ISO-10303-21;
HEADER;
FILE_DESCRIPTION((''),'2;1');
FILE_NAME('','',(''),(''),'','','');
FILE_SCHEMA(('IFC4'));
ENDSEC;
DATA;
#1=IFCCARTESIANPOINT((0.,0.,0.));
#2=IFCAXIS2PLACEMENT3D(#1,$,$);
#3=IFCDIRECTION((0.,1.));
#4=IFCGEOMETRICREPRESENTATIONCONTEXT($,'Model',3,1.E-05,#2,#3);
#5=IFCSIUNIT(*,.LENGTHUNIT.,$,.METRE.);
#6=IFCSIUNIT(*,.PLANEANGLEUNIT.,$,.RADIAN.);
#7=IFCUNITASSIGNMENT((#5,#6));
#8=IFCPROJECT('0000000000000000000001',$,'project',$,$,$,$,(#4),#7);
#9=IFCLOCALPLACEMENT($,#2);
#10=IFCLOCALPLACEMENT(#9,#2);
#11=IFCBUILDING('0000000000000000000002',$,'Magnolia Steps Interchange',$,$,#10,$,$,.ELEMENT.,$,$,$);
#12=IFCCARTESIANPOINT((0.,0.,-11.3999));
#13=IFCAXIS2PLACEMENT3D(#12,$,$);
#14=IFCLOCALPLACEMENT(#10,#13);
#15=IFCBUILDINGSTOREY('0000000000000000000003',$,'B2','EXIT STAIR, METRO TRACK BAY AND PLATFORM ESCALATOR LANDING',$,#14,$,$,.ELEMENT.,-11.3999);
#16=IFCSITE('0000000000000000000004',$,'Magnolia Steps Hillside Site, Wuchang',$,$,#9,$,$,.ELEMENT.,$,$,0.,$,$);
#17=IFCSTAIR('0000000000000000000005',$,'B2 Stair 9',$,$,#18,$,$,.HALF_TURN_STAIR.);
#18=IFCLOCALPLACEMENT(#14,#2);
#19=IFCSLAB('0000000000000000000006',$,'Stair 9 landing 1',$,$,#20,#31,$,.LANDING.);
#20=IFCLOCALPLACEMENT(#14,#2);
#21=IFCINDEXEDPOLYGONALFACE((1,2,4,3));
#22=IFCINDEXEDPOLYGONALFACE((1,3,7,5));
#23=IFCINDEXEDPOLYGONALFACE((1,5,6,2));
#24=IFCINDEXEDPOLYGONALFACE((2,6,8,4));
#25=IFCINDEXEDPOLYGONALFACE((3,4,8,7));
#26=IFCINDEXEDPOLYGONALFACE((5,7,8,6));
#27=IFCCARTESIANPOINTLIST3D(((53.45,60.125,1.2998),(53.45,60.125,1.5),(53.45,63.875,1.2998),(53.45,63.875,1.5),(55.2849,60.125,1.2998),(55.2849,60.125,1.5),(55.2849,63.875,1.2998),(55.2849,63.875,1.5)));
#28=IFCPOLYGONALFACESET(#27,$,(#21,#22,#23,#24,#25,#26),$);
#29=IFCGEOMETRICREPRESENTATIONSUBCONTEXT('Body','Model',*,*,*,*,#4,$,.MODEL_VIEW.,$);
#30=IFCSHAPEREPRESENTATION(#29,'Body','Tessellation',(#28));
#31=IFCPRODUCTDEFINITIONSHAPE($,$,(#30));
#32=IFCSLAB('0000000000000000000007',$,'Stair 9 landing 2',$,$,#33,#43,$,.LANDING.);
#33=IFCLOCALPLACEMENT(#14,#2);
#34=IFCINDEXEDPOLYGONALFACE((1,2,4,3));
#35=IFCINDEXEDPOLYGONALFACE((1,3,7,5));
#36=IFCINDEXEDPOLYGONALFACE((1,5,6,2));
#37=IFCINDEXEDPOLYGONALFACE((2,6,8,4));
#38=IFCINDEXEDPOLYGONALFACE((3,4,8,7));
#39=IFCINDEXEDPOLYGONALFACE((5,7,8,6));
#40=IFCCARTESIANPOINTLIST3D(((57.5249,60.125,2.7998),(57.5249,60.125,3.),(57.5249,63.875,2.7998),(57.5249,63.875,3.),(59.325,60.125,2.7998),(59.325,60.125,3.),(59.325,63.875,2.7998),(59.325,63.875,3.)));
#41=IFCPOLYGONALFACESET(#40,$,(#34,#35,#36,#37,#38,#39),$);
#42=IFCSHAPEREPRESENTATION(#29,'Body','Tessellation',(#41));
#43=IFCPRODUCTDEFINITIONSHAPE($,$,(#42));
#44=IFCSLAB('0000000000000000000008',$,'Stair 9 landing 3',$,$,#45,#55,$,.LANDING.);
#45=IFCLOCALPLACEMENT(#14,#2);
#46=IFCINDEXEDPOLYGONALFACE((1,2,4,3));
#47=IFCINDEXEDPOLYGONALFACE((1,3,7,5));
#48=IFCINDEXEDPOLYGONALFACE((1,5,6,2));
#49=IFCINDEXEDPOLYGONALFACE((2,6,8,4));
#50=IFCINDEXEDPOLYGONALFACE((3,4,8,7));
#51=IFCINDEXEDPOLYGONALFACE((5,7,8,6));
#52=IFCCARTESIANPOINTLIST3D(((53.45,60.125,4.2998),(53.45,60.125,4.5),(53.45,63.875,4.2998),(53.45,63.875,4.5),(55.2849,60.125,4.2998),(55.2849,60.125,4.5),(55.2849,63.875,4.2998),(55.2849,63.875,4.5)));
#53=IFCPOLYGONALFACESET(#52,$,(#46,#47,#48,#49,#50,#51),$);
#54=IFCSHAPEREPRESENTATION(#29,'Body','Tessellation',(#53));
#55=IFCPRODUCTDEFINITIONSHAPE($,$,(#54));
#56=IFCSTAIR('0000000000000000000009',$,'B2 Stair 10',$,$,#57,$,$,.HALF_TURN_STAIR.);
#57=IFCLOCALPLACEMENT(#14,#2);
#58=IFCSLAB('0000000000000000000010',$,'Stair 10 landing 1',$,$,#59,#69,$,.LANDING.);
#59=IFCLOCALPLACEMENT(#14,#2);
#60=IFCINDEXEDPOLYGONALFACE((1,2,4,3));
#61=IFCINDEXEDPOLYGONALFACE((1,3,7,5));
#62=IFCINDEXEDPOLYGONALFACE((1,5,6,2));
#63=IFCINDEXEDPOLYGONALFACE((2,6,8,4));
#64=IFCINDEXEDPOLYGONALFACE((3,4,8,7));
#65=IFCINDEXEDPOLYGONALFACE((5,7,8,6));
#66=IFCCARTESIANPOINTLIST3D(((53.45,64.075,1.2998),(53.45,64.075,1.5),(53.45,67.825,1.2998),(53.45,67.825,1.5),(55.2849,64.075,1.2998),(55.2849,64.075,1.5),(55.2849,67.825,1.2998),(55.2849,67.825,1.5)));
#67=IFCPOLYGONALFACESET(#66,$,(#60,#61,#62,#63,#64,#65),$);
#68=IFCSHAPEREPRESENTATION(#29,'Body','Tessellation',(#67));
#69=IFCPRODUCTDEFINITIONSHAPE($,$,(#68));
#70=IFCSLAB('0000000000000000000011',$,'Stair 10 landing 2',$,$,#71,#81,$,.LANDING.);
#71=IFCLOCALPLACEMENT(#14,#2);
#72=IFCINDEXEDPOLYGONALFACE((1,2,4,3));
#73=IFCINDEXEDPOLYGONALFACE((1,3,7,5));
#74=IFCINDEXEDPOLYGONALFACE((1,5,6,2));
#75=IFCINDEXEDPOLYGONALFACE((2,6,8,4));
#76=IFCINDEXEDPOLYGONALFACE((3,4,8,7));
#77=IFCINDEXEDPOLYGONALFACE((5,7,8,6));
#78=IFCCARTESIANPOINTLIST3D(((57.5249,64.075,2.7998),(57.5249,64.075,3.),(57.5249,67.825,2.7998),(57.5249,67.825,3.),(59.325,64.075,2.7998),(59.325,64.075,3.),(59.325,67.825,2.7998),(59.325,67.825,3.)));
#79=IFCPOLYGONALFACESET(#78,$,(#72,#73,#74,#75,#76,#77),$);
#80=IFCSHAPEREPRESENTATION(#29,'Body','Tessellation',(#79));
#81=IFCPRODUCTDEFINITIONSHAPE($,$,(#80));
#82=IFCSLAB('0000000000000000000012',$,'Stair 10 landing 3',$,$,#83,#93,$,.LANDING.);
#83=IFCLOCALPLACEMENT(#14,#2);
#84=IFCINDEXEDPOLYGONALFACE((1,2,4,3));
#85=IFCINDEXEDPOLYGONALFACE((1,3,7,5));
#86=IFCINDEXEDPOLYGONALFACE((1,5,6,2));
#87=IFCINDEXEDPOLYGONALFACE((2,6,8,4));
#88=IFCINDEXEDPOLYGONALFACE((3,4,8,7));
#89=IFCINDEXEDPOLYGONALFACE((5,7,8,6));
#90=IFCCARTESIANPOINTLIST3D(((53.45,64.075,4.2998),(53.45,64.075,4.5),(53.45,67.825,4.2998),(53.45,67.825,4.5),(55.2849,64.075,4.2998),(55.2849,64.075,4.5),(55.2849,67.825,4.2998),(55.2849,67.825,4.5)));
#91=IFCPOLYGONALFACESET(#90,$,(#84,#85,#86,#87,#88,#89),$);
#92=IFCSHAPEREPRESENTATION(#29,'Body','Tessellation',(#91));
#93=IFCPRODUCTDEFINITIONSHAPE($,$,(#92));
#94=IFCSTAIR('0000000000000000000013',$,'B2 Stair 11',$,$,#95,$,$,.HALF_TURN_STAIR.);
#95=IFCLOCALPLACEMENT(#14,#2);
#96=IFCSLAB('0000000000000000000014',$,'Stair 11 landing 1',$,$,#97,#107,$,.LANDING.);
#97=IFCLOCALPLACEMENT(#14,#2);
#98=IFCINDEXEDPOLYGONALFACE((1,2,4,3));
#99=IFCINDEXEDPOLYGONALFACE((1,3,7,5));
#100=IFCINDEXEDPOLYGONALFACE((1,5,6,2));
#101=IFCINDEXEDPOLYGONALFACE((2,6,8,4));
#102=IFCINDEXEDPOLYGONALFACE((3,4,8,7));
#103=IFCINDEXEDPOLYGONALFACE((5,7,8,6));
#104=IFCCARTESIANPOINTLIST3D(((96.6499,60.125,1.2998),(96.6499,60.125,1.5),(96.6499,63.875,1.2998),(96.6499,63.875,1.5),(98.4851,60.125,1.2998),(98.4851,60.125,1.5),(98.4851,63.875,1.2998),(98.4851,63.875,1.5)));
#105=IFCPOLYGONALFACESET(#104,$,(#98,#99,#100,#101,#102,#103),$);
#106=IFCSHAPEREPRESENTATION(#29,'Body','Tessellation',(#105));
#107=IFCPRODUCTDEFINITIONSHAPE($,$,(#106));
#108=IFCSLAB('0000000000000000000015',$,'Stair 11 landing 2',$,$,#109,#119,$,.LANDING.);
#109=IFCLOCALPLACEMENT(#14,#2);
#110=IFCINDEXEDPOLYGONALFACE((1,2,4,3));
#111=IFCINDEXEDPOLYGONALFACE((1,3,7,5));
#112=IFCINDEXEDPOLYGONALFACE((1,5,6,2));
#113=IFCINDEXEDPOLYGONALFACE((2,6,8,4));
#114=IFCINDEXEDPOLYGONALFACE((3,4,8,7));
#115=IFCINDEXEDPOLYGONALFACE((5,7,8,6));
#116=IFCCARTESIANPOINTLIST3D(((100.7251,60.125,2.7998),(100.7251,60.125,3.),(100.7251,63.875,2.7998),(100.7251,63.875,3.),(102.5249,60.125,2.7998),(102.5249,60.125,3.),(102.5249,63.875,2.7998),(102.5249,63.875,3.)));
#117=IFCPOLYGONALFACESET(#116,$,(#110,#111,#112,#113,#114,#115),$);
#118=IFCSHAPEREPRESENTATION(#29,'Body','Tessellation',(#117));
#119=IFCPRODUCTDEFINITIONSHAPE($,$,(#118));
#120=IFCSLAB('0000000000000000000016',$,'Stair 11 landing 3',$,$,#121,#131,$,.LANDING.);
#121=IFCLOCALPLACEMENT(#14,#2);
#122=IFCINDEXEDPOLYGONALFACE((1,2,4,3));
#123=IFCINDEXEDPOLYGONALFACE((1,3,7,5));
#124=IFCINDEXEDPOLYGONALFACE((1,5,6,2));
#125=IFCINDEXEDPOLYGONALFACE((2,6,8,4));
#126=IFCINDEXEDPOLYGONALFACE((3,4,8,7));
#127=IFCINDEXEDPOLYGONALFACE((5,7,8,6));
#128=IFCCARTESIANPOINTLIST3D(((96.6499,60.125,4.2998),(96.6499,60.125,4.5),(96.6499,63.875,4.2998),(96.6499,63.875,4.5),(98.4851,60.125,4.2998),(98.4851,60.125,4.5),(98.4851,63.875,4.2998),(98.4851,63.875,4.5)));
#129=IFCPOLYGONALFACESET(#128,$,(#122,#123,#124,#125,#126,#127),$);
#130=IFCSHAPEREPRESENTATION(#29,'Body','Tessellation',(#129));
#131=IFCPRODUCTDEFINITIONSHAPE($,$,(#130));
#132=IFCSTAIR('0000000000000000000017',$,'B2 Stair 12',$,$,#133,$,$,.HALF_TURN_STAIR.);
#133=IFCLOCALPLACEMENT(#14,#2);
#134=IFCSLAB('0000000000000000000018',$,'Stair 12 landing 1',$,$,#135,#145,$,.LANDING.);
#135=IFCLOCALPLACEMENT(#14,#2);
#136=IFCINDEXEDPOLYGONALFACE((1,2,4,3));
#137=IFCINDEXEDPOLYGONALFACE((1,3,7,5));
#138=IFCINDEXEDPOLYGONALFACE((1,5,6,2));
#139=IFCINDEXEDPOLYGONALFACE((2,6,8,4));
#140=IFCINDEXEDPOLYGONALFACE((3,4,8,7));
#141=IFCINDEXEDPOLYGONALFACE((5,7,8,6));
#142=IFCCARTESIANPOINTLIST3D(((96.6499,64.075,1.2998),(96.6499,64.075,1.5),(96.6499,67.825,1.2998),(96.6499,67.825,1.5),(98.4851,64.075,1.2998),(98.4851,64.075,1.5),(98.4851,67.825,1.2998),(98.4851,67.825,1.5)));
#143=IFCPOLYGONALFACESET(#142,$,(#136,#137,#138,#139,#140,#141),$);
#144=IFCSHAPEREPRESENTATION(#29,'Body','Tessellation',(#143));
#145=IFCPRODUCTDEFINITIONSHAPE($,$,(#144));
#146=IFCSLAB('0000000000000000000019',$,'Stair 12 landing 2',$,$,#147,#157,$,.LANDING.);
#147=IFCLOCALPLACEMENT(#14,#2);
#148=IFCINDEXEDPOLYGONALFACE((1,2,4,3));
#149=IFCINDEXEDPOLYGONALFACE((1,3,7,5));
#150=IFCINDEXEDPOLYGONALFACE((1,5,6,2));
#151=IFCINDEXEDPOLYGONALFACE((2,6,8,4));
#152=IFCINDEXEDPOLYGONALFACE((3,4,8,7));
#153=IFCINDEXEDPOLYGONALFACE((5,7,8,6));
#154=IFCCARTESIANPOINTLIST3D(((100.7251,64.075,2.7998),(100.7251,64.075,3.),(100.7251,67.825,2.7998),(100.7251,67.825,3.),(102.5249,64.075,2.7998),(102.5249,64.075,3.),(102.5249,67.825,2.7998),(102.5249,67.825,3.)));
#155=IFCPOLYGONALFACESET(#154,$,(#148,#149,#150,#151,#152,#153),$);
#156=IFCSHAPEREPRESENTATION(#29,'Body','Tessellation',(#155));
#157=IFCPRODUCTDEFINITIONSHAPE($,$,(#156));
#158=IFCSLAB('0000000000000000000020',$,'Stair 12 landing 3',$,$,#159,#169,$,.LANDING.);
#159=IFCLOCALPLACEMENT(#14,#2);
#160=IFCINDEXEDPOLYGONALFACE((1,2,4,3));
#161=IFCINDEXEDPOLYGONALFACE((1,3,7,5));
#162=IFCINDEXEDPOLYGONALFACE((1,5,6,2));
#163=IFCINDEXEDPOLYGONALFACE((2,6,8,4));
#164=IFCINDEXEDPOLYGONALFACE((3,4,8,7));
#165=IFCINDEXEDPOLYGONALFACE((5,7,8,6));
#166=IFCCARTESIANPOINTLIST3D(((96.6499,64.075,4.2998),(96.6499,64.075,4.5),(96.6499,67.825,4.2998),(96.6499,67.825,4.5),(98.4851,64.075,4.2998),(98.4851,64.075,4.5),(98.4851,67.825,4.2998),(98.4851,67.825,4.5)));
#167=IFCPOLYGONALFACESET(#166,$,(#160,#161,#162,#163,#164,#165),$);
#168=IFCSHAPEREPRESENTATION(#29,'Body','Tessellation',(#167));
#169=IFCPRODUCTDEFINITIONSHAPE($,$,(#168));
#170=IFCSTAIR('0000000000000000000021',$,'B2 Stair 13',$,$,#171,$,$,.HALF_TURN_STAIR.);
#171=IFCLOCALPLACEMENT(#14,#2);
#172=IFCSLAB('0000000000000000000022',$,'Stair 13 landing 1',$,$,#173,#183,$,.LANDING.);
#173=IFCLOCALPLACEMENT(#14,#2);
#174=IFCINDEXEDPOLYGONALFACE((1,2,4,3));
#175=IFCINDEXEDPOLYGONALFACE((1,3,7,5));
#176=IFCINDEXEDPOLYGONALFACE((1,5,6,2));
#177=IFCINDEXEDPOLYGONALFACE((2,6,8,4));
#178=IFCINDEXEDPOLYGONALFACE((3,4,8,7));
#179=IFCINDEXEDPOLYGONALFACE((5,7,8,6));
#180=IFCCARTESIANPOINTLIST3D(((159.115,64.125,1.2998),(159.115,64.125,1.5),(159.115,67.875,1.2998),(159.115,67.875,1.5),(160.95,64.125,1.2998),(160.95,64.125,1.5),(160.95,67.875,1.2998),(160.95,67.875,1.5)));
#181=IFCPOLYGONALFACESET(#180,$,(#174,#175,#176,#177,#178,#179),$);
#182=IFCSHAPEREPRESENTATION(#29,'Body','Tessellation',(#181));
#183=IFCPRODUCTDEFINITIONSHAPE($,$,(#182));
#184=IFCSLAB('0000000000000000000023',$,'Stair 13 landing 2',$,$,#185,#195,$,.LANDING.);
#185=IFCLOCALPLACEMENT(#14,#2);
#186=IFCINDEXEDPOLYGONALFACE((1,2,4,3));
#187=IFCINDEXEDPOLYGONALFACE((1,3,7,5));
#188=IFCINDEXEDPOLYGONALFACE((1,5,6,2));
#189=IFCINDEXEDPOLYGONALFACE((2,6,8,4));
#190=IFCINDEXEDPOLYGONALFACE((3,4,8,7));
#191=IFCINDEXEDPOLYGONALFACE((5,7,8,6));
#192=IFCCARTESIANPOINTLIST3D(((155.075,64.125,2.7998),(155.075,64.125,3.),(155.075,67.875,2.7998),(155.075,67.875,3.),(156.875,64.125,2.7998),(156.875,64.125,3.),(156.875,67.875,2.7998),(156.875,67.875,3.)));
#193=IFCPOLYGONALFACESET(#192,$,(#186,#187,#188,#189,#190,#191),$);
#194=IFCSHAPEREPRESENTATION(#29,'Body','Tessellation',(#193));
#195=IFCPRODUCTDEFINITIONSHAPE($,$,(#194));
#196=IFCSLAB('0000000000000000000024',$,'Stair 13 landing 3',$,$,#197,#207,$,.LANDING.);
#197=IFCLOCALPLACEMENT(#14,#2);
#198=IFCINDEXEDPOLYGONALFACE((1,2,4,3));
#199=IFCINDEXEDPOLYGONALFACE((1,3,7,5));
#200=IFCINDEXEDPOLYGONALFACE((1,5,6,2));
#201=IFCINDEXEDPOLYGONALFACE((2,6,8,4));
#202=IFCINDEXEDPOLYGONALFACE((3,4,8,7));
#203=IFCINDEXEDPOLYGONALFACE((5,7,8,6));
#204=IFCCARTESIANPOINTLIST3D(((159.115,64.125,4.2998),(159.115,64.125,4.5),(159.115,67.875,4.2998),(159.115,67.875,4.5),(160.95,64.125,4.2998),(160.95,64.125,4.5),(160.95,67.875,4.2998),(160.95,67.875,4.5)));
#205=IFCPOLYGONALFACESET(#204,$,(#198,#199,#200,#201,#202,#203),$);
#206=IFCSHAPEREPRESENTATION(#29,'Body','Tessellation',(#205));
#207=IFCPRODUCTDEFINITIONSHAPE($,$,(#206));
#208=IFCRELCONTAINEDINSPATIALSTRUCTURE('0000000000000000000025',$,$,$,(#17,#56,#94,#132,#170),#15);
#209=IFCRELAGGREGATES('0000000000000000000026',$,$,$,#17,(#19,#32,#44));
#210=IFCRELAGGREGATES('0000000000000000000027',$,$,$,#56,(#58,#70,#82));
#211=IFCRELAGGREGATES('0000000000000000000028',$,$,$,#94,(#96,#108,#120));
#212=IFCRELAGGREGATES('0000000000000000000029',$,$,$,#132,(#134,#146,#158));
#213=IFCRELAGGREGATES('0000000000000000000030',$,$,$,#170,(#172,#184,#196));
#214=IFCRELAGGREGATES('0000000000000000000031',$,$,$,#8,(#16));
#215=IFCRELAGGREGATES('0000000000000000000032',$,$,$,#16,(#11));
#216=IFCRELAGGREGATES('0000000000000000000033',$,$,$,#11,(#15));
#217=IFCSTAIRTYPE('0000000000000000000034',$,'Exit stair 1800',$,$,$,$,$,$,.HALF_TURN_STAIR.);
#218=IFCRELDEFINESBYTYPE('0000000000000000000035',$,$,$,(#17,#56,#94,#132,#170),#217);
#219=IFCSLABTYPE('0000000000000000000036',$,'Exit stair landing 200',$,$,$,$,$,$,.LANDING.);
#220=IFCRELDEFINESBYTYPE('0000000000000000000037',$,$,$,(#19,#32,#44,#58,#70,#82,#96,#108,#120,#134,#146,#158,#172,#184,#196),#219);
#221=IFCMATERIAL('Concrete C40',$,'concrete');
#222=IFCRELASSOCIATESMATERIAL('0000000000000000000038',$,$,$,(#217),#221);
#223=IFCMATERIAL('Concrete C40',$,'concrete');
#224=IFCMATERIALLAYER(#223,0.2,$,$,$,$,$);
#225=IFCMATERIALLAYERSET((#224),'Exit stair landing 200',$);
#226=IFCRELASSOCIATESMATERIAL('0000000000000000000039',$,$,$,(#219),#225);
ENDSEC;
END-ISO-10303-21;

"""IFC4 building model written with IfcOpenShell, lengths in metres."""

from ifc_helpers import new_model, si_unit, direction, frame, origin, place, context, subcontext, project, spatial, polyline, outline, extrude, material, layer, layer_set, type_object, element, aggregate, save


model = new_model("IFC4")

# Units and contexts
model_context = context("Model", 3, precision=1e-05, world=origin(), true_north=direction((0.0, 1.0)))
body_context = subcontext(model_context, "Body", "Model", "MODEL_VIEW")
ifc_project = project(units=[si_unit("LENGTHUNIT", "METRE"), si_unit("PLANEANGLEUNIT", "RADIAN")], contexts=[model_context])

# Site, building, storey
site_placement = place(None, origin())
site = spatial("IfcSite", under=ifc_project, at=site_placement, Name="Magnolia Steps Hillside Site, Wuchang", CompositionType="ELEMENT", RefElevation=0.0)
building_placement = place(site_placement, origin())
building = spatial("IfcBuilding", under=site, at=building_placement, Name="Magnolia Steps Interchange", CompositionType="ELEMENT")
storey_placement = place(building_placement, frame((0.0, 0.0, -11.3999)))
storey = spatial("IfcBuildingStorey", under=building, at=storey_placement, Name="B2", Description="EXIT STAIR, METRO TRACK BAY AND PLATFORM ESCALATOR LANDING", CompositionType="ELEMENT", Elevation=-11.3999)

# Stairs, slabs
ifc_material_1 = material(Name="Concrete C40", Category="concrete")
stair_type_1 = type_object("IfcStairType", Name="Exit stair 1800", PredefinedType="HALF_TURN_STAIR", material=ifc_material_1)
stair_1_placement = place(storey_placement, origin())
stair_1 = element("IfcStair", 1, at=stair_1_placement, inside=storey, type_object=stair_type_1, Name="B2 Stair 9", PredefinedType="HALF_TURN_STAIR")
ifc_material_2 = material(Name="Concrete C40", Category="concrete")
ifc_layer_1 = layer(ifc_material_2, 0.2)
ifc_layer_set_1 = layer_set([ifc_layer_1], Name="Exit stair landing 200")
slab_type_1 = type_object("IfcSlabType", Name="Exit stair landing 200", PredefinedType="LANDING", material=ifc_layer_set_1)
slab_1_placement = place(storey_placement, frame((0.0, 0.0, 1.2998)))
slab_1 = element("IfcSlab", 2, at=slab_1_placement, type_object=slab_type_1, Name="Stair 9 landing 1", PredefinedType="LANDING", context=body_context, shape_type="SweptSolid", body=[
    extrude(outline(polyline([(55.2849, 63.875), (55.2849, 60.125), (53.45, 60.125), (53.45, 63.875), (55.2849, 63.875)])), origin(), (0.0, 0.0, 1.0), 0.2002),
])
slab_2_placement = place(storey_placement, frame((0.0, 0.0, 2.7998)))
slab_2 = element("IfcSlab", 3, at=slab_2_placement, type_object=slab_type_1, Name="Stair 9 landing 2", PredefinedType="LANDING", context=body_context, shape_type="SweptSolid", body=[
    extrude(outline(polyline([(59.325, 63.875), (57.5249, 63.875), (57.5249, 60.125), (59.325, 60.125), (59.325, 63.875)])), origin(), (0.0, 0.0, 1.0), 0.2002),
])
slab_3_placement = place(storey_placement, frame((0.0, 0.0, 4.2998)))
slab_3 = element("IfcSlab", 4, at=slab_3_placement, type_object=slab_type_1, Name="Stair 9 landing 3", PredefinedType="LANDING", context=body_context, shape_type="SweptSolid", body=[
    extrude(outline(polyline([(55.2849, 63.875), (55.2849, 60.125), (53.45, 60.125), (53.45, 63.875), (55.2849, 63.875)])), origin(), (0.0, 0.0, 1.0), 0.2002),
])
aggregate(stair_1, [slab_1, slab_2, slab_3])
stair_2_placement = place(storey_placement, origin())
stair_2 = element("IfcStair", 5, at=stair_2_placement, inside=storey, type_object=stair_type_1, Name="B2 Stair 10", PredefinedType="HALF_TURN_STAIR")
slab_4_placement = place(storey_placement, frame((0.0, 0.0, 1.2998)))
slab_4 = element("IfcSlab", 6, at=slab_4_placement, type_object=slab_type_1, Name="Stair 10 landing 1", PredefinedType="LANDING", context=body_context, shape_type="SweptSolid", body=[
    extrude(outline(polyline([(55.2849, 67.825), (55.2849, 64.075), (53.45, 64.075), (53.45, 67.825), (55.2849, 67.825)])), origin(), (0.0, 0.0, 1.0), 0.2002),
])
slab_5_placement = place(storey_placement, frame((0.0, 0.0, 2.7998)))
slab_5 = element("IfcSlab", 7, at=slab_5_placement, type_object=slab_type_1, Name="Stair 10 landing 2", PredefinedType="LANDING", context=body_context, shape_type="SweptSolid", body=[
    extrude(outline(polyline([(59.325, 67.825), (57.5249, 67.825), (57.5249, 64.075), (59.325, 64.075), (59.325, 67.825)])), origin(), (0.0, 0.0, 1.0), 0.2002),
])
slab_6_placement = place(storey_placement, frame((0.0, 0.0, 4.2998)))
slab_6 = element("IfcSlab", 8, at=slab_6_placement, type_object=slab_type_1, Name="Stair 10 landing 3", PredefinedType="LANDING", context=body_context, shape_type="SweptSolid", body=[
    extrude(outline(polyline([(55.2849, 67.825), (55.2849, 64.075), (53.45, 64.075), (53.45, 67.825), (55.2849, 67.825)])), origin(), (0.0, 0.0, 1.0), 0.2002),
])
aggregate(stair_2, [slab_4, slab_5, slab_6])
stair_3_placement = place(storey_placement, origin())
stair_3 = element("IfcStair", 9, at=stair_3_placement, inside=storey, type_object=stair_type_1, Name="B2 Stair 11", PredefinedType="HALF_TURN_STAIR")
slab_7_placement = place(storey_placement, frame((0.0, 0.0, 1.2998)))
slab_7 = element("IfcSlab", 10, at=slab_7_placement, type_object=slab_type_1, Name="Stair 11 landing 1", PredefinedType="LANDING", context=body_context, shape_type="SweptSolid", body=[
    extrude(outline(polyline([(98.4851, 63.875), (98.4851, 60.125), (96.6499, 60.125), (96.6499, 63.875), (98.4851, 63.875)])), origin(), (0.0, 0.0, 1.0), 0.2002),
])
slab_8_placement = place(storey_placement, frame((0.0, 0.0, 2.7998)))
slab_8 = element("IfcSlab", 11, at=slab_8_placement, type_object=slab_type_1, Name="Stair 11 landing 2", PredefinedType="LANDING", context=body_context, shape_type="SweptSolid", body=[
    extrude(outline(polyline([(102.5249, 63.875), (100.7251, 63.875), (100.7251, 60.125), (102.5249, 60.125), (102.5249, 63.875)])), origin(), (0.0, 0.0, 1.0), 0.2002),
])
slab_9_placement = place(storey_placement, frame((0.0, 0.0, 4.2998)))
slab_9 = element("IfcSlab", 12, at=slab_9_placement, type_object=slab_type_1, Name="Stair 11 landing 3", PredefinedType="LANDING", context=body_context, shape_type="SweptSolid", body=[
    extrude(outline(polyline([(98.4851, 63.875), (98.4851, 60.125), (96.6499, 60.125), (96.6499, 63.875), (98.4851, 63.875)])), origin(), (0.0, 0.0, 1.0), 0.2002),
])
aggregate(stair_3, [slab_7, slab_8, slab_9])
stair_4_placement = place(storey_placement, origin())
stair_4 = element("IfcStair", 13, at=stair_4_placement, inside=storey, type_object=stair_type_1, Name="B2 Stair 12", PredefinedType="HALF_TURN_STAIR")
slab_10_placement = place(storey_placement, frame((0.0, 0.0, 1.2998)))
slab_10 = element("IfcSlab", 14, at=slab_10_placement, type_object=slab_type_1, Name="Stair 12 landing 1", PredefinedType="LANDING", context=body_context, shape_type="SweptSolid", body=[
    extrude(outline(polyline([(98.4851, 67.825), (98.4851, 64.075), (96.6499, 64.075), (96.6499, 67.825), (98.4851, 67.825)])), origin(), (0.0, 0.0, 1.0), 0.2002),
])
slab_11_placement = place(storey_placement, frame((0.0, 0.0, 2.7998)))
slab_11 = element("IfcSlab", 15, at=slab_11_placement, type_object=slab_type_1, Name="Stair 12 landing 2", PredefinedType="LANDING", context=body_context, shape_type="SweptSolid", body=[
    extrude(outline(polyline([(102.5249, 67.825), (100.7251, 67.825), (100.7251, 64.075), (102.5249, 64.075), (102.5249, 67.825)])), origin(), (0.0, 0.0, 1.0), 0.2002),
])
slab_12_placement = place(storey_placement, frame((0.0, 0.0, 4.2998)))
slab_12 = element("IfcSlab", 16, at=slab_12_placement, type_object=slab_type_1, Name="Stair 12 landing 3", PredefinedType="LANDING", context=body_context, shape_type="SweptSolid", body=[
    extrude(outline(polyline([(98.4851, 67.825), (98.4851, 64.075), (96.6499, 64.075), (96.6499, 67.825), (98.4851, 67.825)])), origin(), (0.0, 0.0, 1.0), 0.2002),
])
aggregate(stair_4, [slab_10, slab_11, slab_12])
stair_5_placement = place(storey_placement, origin())
stair_5 = element("IfcStair", 17, at=stair_5_placement, inside=storey, type_object=stair_type_1, Name="B2 Stair 13", PredefinedType="HALF_TURN_STAIR")
slab_13_placement = place(storey_placement, frame((0.0, 0.0, 1.2998)))
slab_13 = element("IfcSlab", 18, at=slab_13_placement, type_object=slab_type_1, Name="Stair 13 landing 1", PredefinedType="LANDING", context=body_context, shape_type="SweptSolid", body=[
    extrude(outline(polyline([(159.115, 64.125), (159.115, 67.875), (160.95, 67.875), (160.95, 64.125), (159.115, 64.125)])), origin(), (0.0, 0.0, 1.0), 0.2002),
])
slab_14_placement = place(storey_placement, frame((0.0, 0.0, 2.7998)))
slab_14 = element("IfcSlab", 19, at=slab_14_placement, type_object=slab_type_1, Name="Stair 13 landing 2", PredefinedType="LANDING", context=body_context, shape_type="SweptSolid", body=[
    extrude(outline(polyline([(155.075, 64.125), (156.875, 64.125), (156.875, 67.875), (155.075, 67.875), (155.075, 64.125)])), origin(), (0.0, 0.0, 1.0), 0.2002),
])
slab_15_placement = place(storey_placement, frame((0.0, 0.0, 4.2998)))
slab_15 = element("IfcSlab", 20, at=slab_15_placement, type_object=slab_type_1, Name="Stair 13 landing 3", PredefinedType="LANDING", context=body_context, shape_type="SweptSolid", body=[
    extrude(outline(polyline([(159.115, 64.125), (159.115, 67.875), (160.95, 67.875), (160.95, 64.125), (159.115, 64.125)])), origin(), (0.0, 0.0, 1.0), 0.2002),
])
aggregate(stair_5, [slab_13, slab_14, slab_15])

save(model, "model.ifc")
